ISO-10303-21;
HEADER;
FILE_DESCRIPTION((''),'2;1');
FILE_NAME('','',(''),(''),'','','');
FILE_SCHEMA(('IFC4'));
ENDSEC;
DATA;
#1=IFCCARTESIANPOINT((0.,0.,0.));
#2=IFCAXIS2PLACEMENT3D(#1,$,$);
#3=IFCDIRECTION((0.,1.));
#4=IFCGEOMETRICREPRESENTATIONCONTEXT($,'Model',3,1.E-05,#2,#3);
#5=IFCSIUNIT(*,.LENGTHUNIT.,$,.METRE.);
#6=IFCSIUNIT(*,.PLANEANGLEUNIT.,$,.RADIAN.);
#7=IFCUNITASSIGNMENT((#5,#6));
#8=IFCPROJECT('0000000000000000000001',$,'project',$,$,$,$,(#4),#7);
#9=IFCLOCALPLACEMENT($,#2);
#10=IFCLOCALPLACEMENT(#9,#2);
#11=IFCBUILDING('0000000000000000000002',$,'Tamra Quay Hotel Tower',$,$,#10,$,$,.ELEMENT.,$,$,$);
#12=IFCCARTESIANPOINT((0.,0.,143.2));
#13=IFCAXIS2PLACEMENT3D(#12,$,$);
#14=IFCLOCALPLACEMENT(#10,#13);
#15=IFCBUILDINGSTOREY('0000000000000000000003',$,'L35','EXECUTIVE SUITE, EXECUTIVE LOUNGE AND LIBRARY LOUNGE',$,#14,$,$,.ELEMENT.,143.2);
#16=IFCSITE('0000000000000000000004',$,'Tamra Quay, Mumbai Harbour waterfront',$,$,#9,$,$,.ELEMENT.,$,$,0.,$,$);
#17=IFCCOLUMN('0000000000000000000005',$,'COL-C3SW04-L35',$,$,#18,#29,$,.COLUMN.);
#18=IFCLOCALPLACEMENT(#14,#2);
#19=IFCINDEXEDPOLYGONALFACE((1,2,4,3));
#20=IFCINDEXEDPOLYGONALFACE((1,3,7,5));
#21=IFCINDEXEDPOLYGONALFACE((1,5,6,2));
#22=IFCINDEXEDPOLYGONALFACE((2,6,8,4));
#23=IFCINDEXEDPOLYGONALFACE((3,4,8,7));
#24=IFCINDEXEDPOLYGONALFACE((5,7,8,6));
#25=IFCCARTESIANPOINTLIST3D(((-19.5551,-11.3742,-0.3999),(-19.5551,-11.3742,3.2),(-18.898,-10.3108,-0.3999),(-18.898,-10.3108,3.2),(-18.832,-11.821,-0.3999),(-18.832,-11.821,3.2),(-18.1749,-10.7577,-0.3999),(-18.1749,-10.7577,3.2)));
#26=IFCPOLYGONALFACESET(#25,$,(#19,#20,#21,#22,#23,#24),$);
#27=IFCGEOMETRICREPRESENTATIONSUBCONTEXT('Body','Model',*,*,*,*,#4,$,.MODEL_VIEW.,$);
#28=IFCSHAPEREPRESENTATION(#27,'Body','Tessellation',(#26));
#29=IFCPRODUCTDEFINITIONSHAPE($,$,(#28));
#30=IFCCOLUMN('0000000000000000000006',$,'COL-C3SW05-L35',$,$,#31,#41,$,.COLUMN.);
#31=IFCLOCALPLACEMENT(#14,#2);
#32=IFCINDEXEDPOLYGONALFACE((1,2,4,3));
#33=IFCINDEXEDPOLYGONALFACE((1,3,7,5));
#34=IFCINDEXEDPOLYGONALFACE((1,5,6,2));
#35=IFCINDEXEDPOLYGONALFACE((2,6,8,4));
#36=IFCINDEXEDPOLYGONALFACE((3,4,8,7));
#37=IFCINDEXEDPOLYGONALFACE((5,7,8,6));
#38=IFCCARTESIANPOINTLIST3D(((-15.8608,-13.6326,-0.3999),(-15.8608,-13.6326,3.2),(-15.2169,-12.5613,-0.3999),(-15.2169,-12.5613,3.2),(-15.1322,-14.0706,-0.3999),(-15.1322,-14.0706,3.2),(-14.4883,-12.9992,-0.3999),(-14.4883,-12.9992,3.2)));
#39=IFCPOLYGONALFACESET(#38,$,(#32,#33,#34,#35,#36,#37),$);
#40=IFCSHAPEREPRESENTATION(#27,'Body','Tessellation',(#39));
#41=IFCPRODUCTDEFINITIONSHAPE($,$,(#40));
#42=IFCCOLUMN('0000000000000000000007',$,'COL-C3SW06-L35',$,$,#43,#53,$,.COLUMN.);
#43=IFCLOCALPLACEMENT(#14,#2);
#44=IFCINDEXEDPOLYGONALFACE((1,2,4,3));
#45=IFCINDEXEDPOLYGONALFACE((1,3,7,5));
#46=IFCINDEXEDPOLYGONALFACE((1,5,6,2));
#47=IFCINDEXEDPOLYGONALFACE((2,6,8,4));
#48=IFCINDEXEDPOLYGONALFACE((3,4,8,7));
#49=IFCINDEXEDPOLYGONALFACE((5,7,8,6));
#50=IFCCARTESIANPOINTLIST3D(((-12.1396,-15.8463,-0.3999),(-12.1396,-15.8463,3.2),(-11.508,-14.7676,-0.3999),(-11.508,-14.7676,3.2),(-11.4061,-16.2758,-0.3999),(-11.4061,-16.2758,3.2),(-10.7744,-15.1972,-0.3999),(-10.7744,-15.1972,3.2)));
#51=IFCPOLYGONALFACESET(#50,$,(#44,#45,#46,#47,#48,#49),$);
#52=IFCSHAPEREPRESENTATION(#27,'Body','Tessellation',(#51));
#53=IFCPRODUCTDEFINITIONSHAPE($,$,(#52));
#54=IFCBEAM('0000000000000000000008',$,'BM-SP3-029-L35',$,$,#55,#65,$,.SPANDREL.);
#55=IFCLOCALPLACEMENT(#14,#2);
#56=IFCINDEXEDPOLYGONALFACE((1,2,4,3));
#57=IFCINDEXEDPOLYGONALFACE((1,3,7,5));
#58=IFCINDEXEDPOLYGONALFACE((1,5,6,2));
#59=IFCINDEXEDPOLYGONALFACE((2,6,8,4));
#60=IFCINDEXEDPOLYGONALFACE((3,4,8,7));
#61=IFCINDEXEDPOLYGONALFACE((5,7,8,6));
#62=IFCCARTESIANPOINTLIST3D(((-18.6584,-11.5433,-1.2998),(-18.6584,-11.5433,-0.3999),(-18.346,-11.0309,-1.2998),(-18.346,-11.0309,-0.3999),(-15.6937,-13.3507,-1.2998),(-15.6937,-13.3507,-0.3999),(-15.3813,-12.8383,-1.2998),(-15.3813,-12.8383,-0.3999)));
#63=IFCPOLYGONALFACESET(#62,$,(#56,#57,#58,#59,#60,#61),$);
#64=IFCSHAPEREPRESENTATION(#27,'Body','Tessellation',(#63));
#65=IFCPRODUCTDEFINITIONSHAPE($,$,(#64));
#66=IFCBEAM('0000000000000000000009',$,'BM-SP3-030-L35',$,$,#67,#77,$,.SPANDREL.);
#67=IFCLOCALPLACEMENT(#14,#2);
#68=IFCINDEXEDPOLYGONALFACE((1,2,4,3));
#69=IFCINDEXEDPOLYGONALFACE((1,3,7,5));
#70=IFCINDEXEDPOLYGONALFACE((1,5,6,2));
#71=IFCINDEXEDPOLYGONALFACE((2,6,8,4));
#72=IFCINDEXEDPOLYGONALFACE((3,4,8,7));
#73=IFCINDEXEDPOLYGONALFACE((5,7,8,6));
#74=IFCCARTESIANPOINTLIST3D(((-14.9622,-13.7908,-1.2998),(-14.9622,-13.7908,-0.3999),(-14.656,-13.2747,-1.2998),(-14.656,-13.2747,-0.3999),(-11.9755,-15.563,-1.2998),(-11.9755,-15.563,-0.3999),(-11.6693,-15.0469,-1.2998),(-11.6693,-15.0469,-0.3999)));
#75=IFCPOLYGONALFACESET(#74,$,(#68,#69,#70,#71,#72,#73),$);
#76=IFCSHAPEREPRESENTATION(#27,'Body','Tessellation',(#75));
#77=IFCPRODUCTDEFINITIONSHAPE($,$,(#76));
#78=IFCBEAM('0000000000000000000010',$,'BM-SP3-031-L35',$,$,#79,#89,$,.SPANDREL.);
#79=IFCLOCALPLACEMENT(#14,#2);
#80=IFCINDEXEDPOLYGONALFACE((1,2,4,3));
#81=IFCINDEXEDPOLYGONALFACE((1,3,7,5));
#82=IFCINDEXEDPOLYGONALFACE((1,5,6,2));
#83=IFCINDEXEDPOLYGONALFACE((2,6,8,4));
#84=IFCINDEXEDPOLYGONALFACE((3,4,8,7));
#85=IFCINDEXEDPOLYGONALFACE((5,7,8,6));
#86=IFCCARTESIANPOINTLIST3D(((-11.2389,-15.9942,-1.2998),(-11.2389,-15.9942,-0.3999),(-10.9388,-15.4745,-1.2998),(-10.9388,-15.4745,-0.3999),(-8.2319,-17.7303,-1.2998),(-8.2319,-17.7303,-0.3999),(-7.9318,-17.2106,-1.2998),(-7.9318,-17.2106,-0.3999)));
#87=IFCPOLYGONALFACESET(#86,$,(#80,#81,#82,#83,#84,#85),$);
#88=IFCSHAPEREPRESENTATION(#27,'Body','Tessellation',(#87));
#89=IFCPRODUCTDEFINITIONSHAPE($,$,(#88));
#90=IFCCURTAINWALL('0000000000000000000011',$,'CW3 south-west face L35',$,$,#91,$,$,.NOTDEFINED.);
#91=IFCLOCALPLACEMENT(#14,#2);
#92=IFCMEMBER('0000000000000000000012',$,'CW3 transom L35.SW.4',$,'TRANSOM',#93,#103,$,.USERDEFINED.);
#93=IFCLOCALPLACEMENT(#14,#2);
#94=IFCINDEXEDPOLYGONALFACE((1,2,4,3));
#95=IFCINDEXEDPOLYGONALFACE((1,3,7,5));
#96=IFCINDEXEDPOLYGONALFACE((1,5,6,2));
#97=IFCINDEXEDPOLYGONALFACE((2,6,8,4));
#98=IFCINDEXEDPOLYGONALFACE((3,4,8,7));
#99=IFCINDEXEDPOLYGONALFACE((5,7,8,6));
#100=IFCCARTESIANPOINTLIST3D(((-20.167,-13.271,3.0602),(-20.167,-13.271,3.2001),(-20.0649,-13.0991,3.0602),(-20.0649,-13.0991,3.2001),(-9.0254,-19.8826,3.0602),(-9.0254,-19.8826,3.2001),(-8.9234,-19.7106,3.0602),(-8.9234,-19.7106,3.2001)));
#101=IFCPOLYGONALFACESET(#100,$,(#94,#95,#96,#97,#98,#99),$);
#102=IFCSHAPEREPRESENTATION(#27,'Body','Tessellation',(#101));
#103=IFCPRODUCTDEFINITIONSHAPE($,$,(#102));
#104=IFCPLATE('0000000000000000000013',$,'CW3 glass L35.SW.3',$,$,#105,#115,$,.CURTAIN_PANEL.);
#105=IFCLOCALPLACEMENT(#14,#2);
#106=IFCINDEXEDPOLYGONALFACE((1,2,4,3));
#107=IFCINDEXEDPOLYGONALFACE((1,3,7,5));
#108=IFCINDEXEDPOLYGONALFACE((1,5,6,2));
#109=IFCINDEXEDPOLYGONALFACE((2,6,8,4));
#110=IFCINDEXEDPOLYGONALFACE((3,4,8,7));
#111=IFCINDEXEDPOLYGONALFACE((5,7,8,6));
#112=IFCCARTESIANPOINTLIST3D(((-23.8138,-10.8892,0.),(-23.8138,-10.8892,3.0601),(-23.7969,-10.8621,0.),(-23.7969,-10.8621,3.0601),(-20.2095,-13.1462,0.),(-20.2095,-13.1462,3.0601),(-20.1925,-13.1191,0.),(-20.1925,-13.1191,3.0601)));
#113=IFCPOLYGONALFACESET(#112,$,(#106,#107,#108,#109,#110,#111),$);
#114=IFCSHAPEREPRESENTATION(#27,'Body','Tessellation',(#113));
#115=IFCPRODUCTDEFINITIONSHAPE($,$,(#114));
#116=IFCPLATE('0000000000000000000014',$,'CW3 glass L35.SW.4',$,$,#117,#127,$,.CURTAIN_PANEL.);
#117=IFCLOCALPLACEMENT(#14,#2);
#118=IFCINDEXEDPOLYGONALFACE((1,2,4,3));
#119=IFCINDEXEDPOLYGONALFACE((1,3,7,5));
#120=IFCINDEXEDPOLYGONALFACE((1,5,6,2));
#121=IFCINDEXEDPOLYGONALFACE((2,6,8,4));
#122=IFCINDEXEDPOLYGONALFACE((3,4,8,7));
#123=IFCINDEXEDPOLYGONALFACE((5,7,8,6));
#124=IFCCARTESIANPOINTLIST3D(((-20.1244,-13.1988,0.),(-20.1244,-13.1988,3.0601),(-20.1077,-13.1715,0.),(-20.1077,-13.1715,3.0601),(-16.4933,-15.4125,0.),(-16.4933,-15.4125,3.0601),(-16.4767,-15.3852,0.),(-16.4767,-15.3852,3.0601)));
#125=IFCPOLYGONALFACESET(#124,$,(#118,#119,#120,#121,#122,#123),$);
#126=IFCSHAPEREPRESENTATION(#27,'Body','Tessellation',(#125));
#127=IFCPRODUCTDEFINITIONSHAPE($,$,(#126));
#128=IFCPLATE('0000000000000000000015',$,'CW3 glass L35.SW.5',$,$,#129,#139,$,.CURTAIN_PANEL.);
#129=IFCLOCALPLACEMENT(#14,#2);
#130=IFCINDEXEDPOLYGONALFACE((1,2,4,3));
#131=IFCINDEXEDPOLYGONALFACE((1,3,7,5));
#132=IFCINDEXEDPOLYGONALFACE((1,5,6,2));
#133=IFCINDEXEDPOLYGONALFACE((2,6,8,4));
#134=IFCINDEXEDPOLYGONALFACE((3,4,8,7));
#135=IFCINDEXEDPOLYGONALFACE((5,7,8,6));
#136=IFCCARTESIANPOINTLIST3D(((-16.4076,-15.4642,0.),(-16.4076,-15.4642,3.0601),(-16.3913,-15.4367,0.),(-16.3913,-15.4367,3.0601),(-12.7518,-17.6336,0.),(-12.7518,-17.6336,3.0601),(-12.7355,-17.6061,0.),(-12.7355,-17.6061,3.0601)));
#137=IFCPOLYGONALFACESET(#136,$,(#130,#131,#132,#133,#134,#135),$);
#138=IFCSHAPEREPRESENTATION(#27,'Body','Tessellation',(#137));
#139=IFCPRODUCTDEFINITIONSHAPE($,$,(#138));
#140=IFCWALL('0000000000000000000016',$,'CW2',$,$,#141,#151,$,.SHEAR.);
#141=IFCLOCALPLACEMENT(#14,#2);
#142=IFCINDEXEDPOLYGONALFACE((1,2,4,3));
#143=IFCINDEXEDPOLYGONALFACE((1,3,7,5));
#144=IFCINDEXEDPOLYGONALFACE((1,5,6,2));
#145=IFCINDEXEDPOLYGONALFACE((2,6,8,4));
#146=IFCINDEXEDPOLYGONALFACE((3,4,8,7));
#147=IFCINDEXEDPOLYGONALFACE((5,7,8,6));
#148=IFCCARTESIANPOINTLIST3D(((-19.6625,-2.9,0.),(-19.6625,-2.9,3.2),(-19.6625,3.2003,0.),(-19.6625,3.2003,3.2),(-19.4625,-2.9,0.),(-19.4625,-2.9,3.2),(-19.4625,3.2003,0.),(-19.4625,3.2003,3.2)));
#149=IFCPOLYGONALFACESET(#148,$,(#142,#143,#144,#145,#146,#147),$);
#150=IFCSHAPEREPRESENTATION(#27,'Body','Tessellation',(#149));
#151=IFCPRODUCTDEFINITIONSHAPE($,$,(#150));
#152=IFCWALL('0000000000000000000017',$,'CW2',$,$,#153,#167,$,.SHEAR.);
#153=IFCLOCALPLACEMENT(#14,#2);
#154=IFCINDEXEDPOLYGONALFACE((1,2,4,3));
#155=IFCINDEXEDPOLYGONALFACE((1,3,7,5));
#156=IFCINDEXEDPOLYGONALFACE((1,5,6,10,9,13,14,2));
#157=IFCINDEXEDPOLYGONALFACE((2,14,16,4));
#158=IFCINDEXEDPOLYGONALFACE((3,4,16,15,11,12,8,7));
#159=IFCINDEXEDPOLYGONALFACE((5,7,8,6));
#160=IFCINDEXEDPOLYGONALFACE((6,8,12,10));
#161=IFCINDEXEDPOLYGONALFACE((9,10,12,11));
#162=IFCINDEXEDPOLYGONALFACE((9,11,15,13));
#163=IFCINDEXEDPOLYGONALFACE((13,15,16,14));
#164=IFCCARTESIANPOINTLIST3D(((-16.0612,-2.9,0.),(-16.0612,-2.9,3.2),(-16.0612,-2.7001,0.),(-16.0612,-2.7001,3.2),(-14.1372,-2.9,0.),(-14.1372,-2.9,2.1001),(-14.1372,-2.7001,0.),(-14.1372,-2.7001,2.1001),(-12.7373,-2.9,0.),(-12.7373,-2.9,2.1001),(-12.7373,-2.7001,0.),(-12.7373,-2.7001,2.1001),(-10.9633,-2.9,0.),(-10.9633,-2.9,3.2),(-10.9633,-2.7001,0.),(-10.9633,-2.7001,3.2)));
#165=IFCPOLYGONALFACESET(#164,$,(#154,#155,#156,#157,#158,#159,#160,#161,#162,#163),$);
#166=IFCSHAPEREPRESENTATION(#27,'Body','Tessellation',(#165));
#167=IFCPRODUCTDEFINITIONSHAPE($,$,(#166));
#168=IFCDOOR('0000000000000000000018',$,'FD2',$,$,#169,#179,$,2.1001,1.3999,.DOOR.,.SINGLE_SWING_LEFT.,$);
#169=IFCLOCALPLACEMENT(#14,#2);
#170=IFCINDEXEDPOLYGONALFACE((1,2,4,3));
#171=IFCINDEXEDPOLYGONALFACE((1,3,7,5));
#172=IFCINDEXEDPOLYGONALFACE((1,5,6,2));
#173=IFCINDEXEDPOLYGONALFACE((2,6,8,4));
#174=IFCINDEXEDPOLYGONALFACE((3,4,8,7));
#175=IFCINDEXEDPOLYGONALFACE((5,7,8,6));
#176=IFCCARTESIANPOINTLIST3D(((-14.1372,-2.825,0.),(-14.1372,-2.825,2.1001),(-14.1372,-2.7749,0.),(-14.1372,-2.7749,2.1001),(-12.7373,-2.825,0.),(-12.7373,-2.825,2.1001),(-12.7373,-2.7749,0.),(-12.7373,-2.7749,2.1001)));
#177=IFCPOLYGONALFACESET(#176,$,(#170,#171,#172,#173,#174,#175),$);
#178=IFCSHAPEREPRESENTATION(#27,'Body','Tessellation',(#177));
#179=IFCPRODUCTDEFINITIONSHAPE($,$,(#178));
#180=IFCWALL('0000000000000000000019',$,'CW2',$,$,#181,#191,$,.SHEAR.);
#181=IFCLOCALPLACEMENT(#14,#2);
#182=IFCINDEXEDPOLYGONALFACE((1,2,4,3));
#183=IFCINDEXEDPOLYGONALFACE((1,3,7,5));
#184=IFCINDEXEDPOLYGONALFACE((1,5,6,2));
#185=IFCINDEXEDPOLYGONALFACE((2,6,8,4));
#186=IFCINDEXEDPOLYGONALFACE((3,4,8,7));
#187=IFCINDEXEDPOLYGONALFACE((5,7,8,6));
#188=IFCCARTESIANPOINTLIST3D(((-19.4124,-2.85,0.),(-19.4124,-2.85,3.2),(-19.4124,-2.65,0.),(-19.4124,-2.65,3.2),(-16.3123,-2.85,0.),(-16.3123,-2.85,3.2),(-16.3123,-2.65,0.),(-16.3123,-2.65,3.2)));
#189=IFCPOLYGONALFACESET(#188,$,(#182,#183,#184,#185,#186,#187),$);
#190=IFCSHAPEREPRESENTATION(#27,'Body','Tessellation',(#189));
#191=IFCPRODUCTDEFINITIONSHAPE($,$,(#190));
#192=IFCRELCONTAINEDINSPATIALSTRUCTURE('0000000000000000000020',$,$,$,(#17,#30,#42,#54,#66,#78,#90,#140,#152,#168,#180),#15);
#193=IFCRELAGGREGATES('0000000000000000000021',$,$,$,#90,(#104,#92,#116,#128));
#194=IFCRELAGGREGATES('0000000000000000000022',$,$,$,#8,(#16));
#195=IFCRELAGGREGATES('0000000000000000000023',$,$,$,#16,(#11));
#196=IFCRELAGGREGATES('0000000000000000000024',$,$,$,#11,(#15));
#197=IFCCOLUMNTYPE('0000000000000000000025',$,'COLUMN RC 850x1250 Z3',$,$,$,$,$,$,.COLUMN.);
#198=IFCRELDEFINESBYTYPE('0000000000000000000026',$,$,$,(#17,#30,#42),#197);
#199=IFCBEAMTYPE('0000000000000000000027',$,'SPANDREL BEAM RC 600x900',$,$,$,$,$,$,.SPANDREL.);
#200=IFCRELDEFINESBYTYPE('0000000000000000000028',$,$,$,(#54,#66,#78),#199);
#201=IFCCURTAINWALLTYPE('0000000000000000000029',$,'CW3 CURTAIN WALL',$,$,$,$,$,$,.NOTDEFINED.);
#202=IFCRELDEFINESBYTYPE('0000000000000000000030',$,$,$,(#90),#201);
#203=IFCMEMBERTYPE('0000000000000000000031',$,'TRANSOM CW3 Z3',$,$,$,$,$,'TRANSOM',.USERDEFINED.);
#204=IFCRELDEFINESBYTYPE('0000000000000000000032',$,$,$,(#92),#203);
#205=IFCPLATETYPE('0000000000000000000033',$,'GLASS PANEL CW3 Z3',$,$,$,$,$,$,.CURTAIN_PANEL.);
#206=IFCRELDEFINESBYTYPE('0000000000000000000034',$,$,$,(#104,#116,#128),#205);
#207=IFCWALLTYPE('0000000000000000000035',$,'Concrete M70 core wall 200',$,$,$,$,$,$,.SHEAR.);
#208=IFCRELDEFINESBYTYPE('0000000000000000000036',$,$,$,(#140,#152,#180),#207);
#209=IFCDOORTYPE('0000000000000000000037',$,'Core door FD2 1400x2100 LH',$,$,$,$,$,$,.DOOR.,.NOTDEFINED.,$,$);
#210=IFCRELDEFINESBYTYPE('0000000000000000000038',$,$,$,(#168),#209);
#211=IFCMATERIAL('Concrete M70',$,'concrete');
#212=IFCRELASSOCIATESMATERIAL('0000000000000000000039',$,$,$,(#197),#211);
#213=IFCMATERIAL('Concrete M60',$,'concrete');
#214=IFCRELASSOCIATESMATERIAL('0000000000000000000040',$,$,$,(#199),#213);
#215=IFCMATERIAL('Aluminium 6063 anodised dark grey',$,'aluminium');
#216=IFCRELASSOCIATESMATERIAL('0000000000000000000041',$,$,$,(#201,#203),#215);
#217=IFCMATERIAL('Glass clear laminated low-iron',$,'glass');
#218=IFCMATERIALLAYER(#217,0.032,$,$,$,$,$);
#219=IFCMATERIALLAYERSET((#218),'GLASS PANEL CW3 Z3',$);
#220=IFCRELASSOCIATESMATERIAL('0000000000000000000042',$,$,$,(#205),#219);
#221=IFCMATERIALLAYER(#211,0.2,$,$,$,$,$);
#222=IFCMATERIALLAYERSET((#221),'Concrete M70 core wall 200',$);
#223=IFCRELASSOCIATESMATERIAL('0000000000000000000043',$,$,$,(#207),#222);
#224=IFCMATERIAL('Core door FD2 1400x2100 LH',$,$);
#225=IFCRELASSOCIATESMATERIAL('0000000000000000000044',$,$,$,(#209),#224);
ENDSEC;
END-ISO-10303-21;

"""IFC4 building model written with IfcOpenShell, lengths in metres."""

from ifc_helpers import new_model, si_unit, direction, frame, frame_2d, origin, origin_2d, place, context, subcontext, project, spatial, rectangle, extrude, material, layer, layer_set, material_profile, profile_set, type_object, element, fill, aggregate, save


model = new_model("IFC4")

# Units and contexts
model_context = context("Model", 3, precision=1e-05, world=origin(), true_north=direction((0.0, 1.0)))
body_context = subcontext(model_context, "Body", "Model", "MODEL_VIEW")
ifc_project = project(units=[si_unit("LENGTHUNIT", "METRE"), si_unit("PLANEANGLEUNIT", "RADIAN")], contexts=[model_context])

# Site, building, storey
site_placement = place(None, origin())
site = spatial("IfcSite", under=ifc_project, at=site_placement, Name="Tamra Quay, Mumbai Harbour waterfront", CompositionType="ELEMENT", RefElevation=0.0)
building_placement = place(site_placement, origin())
building = spatial("IfcBuilding", under=site, at=building_placement, Name="Tamra Quay Hotel Tower", CompositionType="ELEMENT")
storey_placement = place(building_placement, frame((0.0, 0.0, 143.2)))
storey = spatial("IfcBuildingStorey", under=building, at=storey_placement, Name="L35", Description="EXECUTIVE SUITE, EXECUTIVE LOUNGE AND LIBRARY LOUNGE", CompositionType="ELEMENT", Elevation=143.2)

# Columns
ifc_material_1 = material(Name="Concrete M70", Category="concrete")
ifc_material_profile_1 = material_profile(ifc_material_1, rectangle(XDim=1.25, YDim=0.8501, at=origin_2d()), Name="COLUMN RC 850x1250 Z3")
ifc_profile_set_1 = profile_set([ifc_material_profile_1], Name="Concrete M70")
column_type = type_object("IfcColumnType", Name="COLUMN RC 850x1250 Z3", PredefinedType="COLUMN", material=ifc_profile_set_1)
for number, where, z_axis, x_axis, name in (
    (1, (-18.865, -11.0659, -0.3999), (0.0, 0.0, 1.0), (0.525677, 0.850685, 0.0), "COL-C3SW04-L35"),
    (2, (-15.1746, -13.3159, -0.3999), (0.0, 0.0, 1.0), (0.515162, 0.857093, 0.0), "COL-C3SW05-L35"),
    (3, (-11.457, -15.5217, -0.3999), (0.0, 0.0, 1.0), (0.505325, 0.862929, 0.0), "COL-C3SW06-L35"),
):
    element("IfcColumn", number, at=place(storey_placement, frame(where, z_axis=z_axis, x_axis=x_axis)), inside=storey, type_object=column_type, Name=name, PredefinedType="COLUMN", context=body_context, shape_type="SweptSolid", body=[
        extrude(rectangle(XDim=1.25, YDim=0.8501, at=origin_2d()), origin(), (0.0, 0.0, 1.0), 3.5999),
    ])

# Beams
ifc_material_2 = material(Name="Concrete M60", Category="concrete")
ifc_material_profile_2 = material_profile(ifc_material_2, rectangle(XDim=0.6001, YDim=0.8999, at=origin_2d()), Name="SPANDREL BEAM RC 600x900")
ifc_profile_set_2 = profile_set([ifc_material_profile_2], Name="Concrete M60")
beam_type = type_object("IfcBeamType", Name="SPANDREL BEAM RC 600x900", PredefinedType="SPANDREL", material=ifc_profile_set_2)
beam_1_placement = place(storey_placement, frame((-18.5022, -11.2871, -0.8499), z_axis=(0.853836, -0.520542, 0.0), x_axis=(0.520542, 0.853836, 0.0)))
element("IfcBeam", 4, at=beam_1_placement, inside=storey, type_object=beam_type, Name="BM-SP3-029-L35", PredefinedType="SPANDREL", context=body_context, shape_type="SweptSolid", body=[
    extrude(rectangle(XDim=0.6001, YDim=0.8999, at=origin_2d()), origin(), (0.0, 0.0, 1.0), 3.4722),
])
beam_2_placement = place(storey_placement, frame((-14.8091, -13.5327, -0.8499), z_axis=(0.859989, -0.510313, 0.0), x_axis=(0.510313, 0.859989, 0.0)))
element("IfcBeam", 5, at=beam_2_placement, inside=storey, type_object=beam_type, Name="BM-SP3-030-L35", PredefinedType="SPANDREL", context=body_context, shape_type="SweptSolid", body=[
    extrude(rectangle(XDim=0.6001, YDim=0.8999, at=origin_2d()), origin(), (0.0, 0.0, 1.0), 3.4729),
])
beam_3_placement = place(storey_placement, frame((-11.0889, -15.7344, -0.8499), z_axis=(0.866032, -0.499988, 0.0), x_axis=(0.499988, 0.866032, 0.0)))
element("IfcBeam", 6, at=beam_3_placement, inside=storey, type_object=beam_type, Name="BM-SP3-031-L35", PredefinedType="SPANDREL", context=body_context, shape_type="SweptSolid", body=[
    extrude(rectangle(XDim=0.6001, YDim=0.8999, at=origin_2d()), origin(), (0.0, 0.0, 1.0), 3.4722),
])

# Curtain wall, member, plates
ifc_material_3 = material(Name="Aluminium 6063 anodised dark grey", Category="aluminium")
curtain_wall_type = type_object("IfcCurtainWallType", Name="CW3 CURTAIN WALL", PredefinedType="NOTDEFINED", material=ifc_material_3)
curtain_wall_placement = place(storey_placement, origin())
curtain_wall = element("IfcCurtainWall", 7, at=curtain_wall_placement, inside=storey, type_object=curtain_wall_type, Name="CW3 south-west face L35", PredefinedType="NOTDEFINED")
ifc_material_profile_3 = material_profile(ifc_material_3, rectangle(XDim=0.2, YDim=0.1399, at=origin_2d()), Name="TRANSOM 200X140")
ifc_profile_set_3 = profile_set([ifc_material_profile_3], Name="Aluminium 6063 anodised dark grey")
member_type = type_object("IfcMemberType", Name="TRANSOM CW3 Z3", ElementType="TRANSOM", PredefinedType="USERDEFINED", material=ifc_profile_set_3)
member_placement = place(storey_placement, frame((-20.116, -13.1851, 3.1301), z_axis=(0.859982, -0.510325, 0.0), x_axis=(0.510325, 0.859982, 0.0)))
member = element("IfcMember", 8, at=member_placement, type_object=member_type, Name="CW3 transom L35.SW.4", ObjectType="TRANSOM", PredefinedType="USERDEFINED", context=body_context, shape_type="SweptSolid", body=[
    extrude(rectangle(XDim=0.2, YDim=0.1399, at=origin_2d()), origin(), (0.0, 0.0, 1.0), 12.9556),
])
ifc_material_4 = material(Name="Glass clear laminated low-iron", Category="glass")
ifc_layer_1 = layer(ifc_material_4, 0.032)
ifc_layer_set_1 = layer_set([ifc_layer_1], Name="GLASS PANEL CW3 Z3")
plate_type = type_object("IfcPlateType", Name="GLASS PANEL CW3 Z3", PredefinedType="CURTAIN_PANEL", material=ifc_layer_set_1)
plate_1_placement = place(storey_placement, frame((-22.0032, -12.0042, 0.0), z_axis=(0.0, 0.0, 1.0), x_axis=(0.847546, -0.530722, 0.0)))
plate_1 = element("IfcPlate", 9, at=plate_1_placement, type_object=plate_type, Name="CW3 glass L35.SW.3", PredefinedType="CURTAIN_PANEL", context=body_context, shape_type="SweptSolid", body=[
    extrude(rectangle(XDim=4.2527, YDim=0.032, at=origin_2d()), origin(), (0.0, 0.0, 1.0), 3.0601),
])
plate_2_placement = place(storey_placement, frame((-18.3005, -14.292, 0.0), z_axis=(0.0, 0.0, 1.0), x_axis=(0.85383, -0.520552, 0.0)))
plate_2 = element("IfcPlate", 10, at=plate_2_placement, type_object=plate_type, Name="CW3 glass L35.SW.4", PredefinedType="CURTAIN_PANEL", context=body_context, shape_type="SweptSolid", body=[
    extrude(rectangle(XDim=4.2527, YDim=0.032, at=origin_2d()), origin(), (0.0, 0.0, 1.0), 3.0601),
])
plate_3_placement = place(storey_placement, frame((-14.5715, -16.5352, 0.0), z_axis=(0.0, 0.0, 1.0), x_axis=(0.859985, -0.510319, 0.0)))
plate_3 = element("IfcPlate", 11, at=plate_3_placement, type_object=plate_type, Name="CW3 glass L35.SW.5", PredefinedType="CURTAIN_PANEL", context=body_context, shape_type="SweptSolid", body=[
    extrude(rectangle(XDim=4.251, YDim=0.032, at=origin_2d()), origin(), (0.0, 0.0, 1.0), 3.0601),
])
aggregate(curtain_wall, [plate_1, member, plate_2, plate_3])

# Wall
ifc_layer_2 = layer(ifc_material_1, 0.2)
ifc_layer_set_2 = layer_set([ifc_layer_2], Name="Concrete M70 core wall 200")
wall_type_1 = type_object("IfcWallType", Name="Concrete M70 core wall 200", PredefinedType="SHEAR", material=ifc_layer_set_2)
wall_1_placement = place(storey_placement, frame((-19.5625, -2.9001, 0.0), z_axis=(0.0, 0.0, 1.0), x_axis=(0.0, 1.0, 0.0)))
element("IfcWall", 12, at=wall_1_placement, inside=storey, type_object=wall_type_1, Name="CW2", PredefinedType="SHEAR", context=body_context, shape_type="SweptSolid", body=[
    extrude(rectangle(XDim=6.1003, YDim=0.2, at=frame_2d((3.0503, 0.0))), origin(), (0.0, 0.0, 1.0), 3.2),
])

# Wall, opening, door
wall_2_placement = place(storey_placement, frame((-10.9634, -2.8, 0.0), z_axis=(0.0, 0.0, 1.0), x_axis=(-1.0, 0.0, 0.0)))
wall_2 = element("IfcWall", 13, at=wall_2_placement, inside=storey, type_object=wall_type_1, Name="CW2", PredefinedType="SHEAR", context=body_context, shape_type="SweptSolid", body=[
    extrude(rectangle(XDim=5.0979, YDim=0.2, at=frame_2d((2.5488, 0.0))), origin(), (0.0, 0.0, 1.0), 3.2),
])
opening_1_placement = place(wall_2_placement, frame((1.7739, 0.0, 0.0)))
opening_1 = element("IfcOpeningElement", 14, at=opening_1_placement, cuts=wall_2, PredefinedType="OPENING", context=body_context, shape_type="SweptSolid", body=[
    extrude(rectangle(XDim=1.3999, YDim=2.1001, at=frame_2d((0.7, 1.05))), frame((0.0, 0.1099, 0.0), z_axis=(0.0, -1.0, 0.0), x_axis=(1.0, 0.0, 0.0)), (0.0, 0.0, 1.0), 0.22),
])
ifc_material_5 = material(Name="Core door FD2 1400x2100 LH")
door_type_1 = type_object("IfcDoorType", Name="Core door FD2 1400x2100 LH", OperationType="NOTDEFINED", PredefinedType="DOOR", material=ifc_material_5)
door_1_placement = place(opening_1_placement, origin())
door_1 = element("IfcDoor", 15, at=door_1_placement, inside=storey, type_object=door_type_1, Name="FD2", OperationType="SINGLE_SWING_LEFT", OverallHeight=2.1001, OverallWidth=1.3999, PredefinedType="DOOR", context=body_context, shape_type="SweptSolid", body=[
    extrude(rectangle(XDim=1.3999, YDim=2.1001, at=frame_2d((0.7, 1.05))), frame((0.0, 0.0249, 0.0), z_axis=(0.0, -1.0, 0.0), x_axis=(1.0, 0.0, 0.0)), (0.0, 0.0, 1.0), 0.05),
])
fill(opening_1, door_1)

# Wall
wall_3_placement = place(storey_placement, frame((-19.4124, -2.75, 0.0), z_axis=(0.0, 0.0, 1.0), x_axis=(1.0, 0.0, 0.0)))
element("IfcWall", 16, at=wall_3_placement, inside=storey, type_object=wall_type_1, Name="CW2", PredefinedType="SHEAR", context=body_context, shape_type="SweptSolid", body=[
    extrude(rectangle(XDim=3.1001, YDim=0.2, at=frame_2d((1.55, 0.0))), origin(), (0.0, 0.0, 1.0), 3.2),
])

save(model, "model.ifc")
